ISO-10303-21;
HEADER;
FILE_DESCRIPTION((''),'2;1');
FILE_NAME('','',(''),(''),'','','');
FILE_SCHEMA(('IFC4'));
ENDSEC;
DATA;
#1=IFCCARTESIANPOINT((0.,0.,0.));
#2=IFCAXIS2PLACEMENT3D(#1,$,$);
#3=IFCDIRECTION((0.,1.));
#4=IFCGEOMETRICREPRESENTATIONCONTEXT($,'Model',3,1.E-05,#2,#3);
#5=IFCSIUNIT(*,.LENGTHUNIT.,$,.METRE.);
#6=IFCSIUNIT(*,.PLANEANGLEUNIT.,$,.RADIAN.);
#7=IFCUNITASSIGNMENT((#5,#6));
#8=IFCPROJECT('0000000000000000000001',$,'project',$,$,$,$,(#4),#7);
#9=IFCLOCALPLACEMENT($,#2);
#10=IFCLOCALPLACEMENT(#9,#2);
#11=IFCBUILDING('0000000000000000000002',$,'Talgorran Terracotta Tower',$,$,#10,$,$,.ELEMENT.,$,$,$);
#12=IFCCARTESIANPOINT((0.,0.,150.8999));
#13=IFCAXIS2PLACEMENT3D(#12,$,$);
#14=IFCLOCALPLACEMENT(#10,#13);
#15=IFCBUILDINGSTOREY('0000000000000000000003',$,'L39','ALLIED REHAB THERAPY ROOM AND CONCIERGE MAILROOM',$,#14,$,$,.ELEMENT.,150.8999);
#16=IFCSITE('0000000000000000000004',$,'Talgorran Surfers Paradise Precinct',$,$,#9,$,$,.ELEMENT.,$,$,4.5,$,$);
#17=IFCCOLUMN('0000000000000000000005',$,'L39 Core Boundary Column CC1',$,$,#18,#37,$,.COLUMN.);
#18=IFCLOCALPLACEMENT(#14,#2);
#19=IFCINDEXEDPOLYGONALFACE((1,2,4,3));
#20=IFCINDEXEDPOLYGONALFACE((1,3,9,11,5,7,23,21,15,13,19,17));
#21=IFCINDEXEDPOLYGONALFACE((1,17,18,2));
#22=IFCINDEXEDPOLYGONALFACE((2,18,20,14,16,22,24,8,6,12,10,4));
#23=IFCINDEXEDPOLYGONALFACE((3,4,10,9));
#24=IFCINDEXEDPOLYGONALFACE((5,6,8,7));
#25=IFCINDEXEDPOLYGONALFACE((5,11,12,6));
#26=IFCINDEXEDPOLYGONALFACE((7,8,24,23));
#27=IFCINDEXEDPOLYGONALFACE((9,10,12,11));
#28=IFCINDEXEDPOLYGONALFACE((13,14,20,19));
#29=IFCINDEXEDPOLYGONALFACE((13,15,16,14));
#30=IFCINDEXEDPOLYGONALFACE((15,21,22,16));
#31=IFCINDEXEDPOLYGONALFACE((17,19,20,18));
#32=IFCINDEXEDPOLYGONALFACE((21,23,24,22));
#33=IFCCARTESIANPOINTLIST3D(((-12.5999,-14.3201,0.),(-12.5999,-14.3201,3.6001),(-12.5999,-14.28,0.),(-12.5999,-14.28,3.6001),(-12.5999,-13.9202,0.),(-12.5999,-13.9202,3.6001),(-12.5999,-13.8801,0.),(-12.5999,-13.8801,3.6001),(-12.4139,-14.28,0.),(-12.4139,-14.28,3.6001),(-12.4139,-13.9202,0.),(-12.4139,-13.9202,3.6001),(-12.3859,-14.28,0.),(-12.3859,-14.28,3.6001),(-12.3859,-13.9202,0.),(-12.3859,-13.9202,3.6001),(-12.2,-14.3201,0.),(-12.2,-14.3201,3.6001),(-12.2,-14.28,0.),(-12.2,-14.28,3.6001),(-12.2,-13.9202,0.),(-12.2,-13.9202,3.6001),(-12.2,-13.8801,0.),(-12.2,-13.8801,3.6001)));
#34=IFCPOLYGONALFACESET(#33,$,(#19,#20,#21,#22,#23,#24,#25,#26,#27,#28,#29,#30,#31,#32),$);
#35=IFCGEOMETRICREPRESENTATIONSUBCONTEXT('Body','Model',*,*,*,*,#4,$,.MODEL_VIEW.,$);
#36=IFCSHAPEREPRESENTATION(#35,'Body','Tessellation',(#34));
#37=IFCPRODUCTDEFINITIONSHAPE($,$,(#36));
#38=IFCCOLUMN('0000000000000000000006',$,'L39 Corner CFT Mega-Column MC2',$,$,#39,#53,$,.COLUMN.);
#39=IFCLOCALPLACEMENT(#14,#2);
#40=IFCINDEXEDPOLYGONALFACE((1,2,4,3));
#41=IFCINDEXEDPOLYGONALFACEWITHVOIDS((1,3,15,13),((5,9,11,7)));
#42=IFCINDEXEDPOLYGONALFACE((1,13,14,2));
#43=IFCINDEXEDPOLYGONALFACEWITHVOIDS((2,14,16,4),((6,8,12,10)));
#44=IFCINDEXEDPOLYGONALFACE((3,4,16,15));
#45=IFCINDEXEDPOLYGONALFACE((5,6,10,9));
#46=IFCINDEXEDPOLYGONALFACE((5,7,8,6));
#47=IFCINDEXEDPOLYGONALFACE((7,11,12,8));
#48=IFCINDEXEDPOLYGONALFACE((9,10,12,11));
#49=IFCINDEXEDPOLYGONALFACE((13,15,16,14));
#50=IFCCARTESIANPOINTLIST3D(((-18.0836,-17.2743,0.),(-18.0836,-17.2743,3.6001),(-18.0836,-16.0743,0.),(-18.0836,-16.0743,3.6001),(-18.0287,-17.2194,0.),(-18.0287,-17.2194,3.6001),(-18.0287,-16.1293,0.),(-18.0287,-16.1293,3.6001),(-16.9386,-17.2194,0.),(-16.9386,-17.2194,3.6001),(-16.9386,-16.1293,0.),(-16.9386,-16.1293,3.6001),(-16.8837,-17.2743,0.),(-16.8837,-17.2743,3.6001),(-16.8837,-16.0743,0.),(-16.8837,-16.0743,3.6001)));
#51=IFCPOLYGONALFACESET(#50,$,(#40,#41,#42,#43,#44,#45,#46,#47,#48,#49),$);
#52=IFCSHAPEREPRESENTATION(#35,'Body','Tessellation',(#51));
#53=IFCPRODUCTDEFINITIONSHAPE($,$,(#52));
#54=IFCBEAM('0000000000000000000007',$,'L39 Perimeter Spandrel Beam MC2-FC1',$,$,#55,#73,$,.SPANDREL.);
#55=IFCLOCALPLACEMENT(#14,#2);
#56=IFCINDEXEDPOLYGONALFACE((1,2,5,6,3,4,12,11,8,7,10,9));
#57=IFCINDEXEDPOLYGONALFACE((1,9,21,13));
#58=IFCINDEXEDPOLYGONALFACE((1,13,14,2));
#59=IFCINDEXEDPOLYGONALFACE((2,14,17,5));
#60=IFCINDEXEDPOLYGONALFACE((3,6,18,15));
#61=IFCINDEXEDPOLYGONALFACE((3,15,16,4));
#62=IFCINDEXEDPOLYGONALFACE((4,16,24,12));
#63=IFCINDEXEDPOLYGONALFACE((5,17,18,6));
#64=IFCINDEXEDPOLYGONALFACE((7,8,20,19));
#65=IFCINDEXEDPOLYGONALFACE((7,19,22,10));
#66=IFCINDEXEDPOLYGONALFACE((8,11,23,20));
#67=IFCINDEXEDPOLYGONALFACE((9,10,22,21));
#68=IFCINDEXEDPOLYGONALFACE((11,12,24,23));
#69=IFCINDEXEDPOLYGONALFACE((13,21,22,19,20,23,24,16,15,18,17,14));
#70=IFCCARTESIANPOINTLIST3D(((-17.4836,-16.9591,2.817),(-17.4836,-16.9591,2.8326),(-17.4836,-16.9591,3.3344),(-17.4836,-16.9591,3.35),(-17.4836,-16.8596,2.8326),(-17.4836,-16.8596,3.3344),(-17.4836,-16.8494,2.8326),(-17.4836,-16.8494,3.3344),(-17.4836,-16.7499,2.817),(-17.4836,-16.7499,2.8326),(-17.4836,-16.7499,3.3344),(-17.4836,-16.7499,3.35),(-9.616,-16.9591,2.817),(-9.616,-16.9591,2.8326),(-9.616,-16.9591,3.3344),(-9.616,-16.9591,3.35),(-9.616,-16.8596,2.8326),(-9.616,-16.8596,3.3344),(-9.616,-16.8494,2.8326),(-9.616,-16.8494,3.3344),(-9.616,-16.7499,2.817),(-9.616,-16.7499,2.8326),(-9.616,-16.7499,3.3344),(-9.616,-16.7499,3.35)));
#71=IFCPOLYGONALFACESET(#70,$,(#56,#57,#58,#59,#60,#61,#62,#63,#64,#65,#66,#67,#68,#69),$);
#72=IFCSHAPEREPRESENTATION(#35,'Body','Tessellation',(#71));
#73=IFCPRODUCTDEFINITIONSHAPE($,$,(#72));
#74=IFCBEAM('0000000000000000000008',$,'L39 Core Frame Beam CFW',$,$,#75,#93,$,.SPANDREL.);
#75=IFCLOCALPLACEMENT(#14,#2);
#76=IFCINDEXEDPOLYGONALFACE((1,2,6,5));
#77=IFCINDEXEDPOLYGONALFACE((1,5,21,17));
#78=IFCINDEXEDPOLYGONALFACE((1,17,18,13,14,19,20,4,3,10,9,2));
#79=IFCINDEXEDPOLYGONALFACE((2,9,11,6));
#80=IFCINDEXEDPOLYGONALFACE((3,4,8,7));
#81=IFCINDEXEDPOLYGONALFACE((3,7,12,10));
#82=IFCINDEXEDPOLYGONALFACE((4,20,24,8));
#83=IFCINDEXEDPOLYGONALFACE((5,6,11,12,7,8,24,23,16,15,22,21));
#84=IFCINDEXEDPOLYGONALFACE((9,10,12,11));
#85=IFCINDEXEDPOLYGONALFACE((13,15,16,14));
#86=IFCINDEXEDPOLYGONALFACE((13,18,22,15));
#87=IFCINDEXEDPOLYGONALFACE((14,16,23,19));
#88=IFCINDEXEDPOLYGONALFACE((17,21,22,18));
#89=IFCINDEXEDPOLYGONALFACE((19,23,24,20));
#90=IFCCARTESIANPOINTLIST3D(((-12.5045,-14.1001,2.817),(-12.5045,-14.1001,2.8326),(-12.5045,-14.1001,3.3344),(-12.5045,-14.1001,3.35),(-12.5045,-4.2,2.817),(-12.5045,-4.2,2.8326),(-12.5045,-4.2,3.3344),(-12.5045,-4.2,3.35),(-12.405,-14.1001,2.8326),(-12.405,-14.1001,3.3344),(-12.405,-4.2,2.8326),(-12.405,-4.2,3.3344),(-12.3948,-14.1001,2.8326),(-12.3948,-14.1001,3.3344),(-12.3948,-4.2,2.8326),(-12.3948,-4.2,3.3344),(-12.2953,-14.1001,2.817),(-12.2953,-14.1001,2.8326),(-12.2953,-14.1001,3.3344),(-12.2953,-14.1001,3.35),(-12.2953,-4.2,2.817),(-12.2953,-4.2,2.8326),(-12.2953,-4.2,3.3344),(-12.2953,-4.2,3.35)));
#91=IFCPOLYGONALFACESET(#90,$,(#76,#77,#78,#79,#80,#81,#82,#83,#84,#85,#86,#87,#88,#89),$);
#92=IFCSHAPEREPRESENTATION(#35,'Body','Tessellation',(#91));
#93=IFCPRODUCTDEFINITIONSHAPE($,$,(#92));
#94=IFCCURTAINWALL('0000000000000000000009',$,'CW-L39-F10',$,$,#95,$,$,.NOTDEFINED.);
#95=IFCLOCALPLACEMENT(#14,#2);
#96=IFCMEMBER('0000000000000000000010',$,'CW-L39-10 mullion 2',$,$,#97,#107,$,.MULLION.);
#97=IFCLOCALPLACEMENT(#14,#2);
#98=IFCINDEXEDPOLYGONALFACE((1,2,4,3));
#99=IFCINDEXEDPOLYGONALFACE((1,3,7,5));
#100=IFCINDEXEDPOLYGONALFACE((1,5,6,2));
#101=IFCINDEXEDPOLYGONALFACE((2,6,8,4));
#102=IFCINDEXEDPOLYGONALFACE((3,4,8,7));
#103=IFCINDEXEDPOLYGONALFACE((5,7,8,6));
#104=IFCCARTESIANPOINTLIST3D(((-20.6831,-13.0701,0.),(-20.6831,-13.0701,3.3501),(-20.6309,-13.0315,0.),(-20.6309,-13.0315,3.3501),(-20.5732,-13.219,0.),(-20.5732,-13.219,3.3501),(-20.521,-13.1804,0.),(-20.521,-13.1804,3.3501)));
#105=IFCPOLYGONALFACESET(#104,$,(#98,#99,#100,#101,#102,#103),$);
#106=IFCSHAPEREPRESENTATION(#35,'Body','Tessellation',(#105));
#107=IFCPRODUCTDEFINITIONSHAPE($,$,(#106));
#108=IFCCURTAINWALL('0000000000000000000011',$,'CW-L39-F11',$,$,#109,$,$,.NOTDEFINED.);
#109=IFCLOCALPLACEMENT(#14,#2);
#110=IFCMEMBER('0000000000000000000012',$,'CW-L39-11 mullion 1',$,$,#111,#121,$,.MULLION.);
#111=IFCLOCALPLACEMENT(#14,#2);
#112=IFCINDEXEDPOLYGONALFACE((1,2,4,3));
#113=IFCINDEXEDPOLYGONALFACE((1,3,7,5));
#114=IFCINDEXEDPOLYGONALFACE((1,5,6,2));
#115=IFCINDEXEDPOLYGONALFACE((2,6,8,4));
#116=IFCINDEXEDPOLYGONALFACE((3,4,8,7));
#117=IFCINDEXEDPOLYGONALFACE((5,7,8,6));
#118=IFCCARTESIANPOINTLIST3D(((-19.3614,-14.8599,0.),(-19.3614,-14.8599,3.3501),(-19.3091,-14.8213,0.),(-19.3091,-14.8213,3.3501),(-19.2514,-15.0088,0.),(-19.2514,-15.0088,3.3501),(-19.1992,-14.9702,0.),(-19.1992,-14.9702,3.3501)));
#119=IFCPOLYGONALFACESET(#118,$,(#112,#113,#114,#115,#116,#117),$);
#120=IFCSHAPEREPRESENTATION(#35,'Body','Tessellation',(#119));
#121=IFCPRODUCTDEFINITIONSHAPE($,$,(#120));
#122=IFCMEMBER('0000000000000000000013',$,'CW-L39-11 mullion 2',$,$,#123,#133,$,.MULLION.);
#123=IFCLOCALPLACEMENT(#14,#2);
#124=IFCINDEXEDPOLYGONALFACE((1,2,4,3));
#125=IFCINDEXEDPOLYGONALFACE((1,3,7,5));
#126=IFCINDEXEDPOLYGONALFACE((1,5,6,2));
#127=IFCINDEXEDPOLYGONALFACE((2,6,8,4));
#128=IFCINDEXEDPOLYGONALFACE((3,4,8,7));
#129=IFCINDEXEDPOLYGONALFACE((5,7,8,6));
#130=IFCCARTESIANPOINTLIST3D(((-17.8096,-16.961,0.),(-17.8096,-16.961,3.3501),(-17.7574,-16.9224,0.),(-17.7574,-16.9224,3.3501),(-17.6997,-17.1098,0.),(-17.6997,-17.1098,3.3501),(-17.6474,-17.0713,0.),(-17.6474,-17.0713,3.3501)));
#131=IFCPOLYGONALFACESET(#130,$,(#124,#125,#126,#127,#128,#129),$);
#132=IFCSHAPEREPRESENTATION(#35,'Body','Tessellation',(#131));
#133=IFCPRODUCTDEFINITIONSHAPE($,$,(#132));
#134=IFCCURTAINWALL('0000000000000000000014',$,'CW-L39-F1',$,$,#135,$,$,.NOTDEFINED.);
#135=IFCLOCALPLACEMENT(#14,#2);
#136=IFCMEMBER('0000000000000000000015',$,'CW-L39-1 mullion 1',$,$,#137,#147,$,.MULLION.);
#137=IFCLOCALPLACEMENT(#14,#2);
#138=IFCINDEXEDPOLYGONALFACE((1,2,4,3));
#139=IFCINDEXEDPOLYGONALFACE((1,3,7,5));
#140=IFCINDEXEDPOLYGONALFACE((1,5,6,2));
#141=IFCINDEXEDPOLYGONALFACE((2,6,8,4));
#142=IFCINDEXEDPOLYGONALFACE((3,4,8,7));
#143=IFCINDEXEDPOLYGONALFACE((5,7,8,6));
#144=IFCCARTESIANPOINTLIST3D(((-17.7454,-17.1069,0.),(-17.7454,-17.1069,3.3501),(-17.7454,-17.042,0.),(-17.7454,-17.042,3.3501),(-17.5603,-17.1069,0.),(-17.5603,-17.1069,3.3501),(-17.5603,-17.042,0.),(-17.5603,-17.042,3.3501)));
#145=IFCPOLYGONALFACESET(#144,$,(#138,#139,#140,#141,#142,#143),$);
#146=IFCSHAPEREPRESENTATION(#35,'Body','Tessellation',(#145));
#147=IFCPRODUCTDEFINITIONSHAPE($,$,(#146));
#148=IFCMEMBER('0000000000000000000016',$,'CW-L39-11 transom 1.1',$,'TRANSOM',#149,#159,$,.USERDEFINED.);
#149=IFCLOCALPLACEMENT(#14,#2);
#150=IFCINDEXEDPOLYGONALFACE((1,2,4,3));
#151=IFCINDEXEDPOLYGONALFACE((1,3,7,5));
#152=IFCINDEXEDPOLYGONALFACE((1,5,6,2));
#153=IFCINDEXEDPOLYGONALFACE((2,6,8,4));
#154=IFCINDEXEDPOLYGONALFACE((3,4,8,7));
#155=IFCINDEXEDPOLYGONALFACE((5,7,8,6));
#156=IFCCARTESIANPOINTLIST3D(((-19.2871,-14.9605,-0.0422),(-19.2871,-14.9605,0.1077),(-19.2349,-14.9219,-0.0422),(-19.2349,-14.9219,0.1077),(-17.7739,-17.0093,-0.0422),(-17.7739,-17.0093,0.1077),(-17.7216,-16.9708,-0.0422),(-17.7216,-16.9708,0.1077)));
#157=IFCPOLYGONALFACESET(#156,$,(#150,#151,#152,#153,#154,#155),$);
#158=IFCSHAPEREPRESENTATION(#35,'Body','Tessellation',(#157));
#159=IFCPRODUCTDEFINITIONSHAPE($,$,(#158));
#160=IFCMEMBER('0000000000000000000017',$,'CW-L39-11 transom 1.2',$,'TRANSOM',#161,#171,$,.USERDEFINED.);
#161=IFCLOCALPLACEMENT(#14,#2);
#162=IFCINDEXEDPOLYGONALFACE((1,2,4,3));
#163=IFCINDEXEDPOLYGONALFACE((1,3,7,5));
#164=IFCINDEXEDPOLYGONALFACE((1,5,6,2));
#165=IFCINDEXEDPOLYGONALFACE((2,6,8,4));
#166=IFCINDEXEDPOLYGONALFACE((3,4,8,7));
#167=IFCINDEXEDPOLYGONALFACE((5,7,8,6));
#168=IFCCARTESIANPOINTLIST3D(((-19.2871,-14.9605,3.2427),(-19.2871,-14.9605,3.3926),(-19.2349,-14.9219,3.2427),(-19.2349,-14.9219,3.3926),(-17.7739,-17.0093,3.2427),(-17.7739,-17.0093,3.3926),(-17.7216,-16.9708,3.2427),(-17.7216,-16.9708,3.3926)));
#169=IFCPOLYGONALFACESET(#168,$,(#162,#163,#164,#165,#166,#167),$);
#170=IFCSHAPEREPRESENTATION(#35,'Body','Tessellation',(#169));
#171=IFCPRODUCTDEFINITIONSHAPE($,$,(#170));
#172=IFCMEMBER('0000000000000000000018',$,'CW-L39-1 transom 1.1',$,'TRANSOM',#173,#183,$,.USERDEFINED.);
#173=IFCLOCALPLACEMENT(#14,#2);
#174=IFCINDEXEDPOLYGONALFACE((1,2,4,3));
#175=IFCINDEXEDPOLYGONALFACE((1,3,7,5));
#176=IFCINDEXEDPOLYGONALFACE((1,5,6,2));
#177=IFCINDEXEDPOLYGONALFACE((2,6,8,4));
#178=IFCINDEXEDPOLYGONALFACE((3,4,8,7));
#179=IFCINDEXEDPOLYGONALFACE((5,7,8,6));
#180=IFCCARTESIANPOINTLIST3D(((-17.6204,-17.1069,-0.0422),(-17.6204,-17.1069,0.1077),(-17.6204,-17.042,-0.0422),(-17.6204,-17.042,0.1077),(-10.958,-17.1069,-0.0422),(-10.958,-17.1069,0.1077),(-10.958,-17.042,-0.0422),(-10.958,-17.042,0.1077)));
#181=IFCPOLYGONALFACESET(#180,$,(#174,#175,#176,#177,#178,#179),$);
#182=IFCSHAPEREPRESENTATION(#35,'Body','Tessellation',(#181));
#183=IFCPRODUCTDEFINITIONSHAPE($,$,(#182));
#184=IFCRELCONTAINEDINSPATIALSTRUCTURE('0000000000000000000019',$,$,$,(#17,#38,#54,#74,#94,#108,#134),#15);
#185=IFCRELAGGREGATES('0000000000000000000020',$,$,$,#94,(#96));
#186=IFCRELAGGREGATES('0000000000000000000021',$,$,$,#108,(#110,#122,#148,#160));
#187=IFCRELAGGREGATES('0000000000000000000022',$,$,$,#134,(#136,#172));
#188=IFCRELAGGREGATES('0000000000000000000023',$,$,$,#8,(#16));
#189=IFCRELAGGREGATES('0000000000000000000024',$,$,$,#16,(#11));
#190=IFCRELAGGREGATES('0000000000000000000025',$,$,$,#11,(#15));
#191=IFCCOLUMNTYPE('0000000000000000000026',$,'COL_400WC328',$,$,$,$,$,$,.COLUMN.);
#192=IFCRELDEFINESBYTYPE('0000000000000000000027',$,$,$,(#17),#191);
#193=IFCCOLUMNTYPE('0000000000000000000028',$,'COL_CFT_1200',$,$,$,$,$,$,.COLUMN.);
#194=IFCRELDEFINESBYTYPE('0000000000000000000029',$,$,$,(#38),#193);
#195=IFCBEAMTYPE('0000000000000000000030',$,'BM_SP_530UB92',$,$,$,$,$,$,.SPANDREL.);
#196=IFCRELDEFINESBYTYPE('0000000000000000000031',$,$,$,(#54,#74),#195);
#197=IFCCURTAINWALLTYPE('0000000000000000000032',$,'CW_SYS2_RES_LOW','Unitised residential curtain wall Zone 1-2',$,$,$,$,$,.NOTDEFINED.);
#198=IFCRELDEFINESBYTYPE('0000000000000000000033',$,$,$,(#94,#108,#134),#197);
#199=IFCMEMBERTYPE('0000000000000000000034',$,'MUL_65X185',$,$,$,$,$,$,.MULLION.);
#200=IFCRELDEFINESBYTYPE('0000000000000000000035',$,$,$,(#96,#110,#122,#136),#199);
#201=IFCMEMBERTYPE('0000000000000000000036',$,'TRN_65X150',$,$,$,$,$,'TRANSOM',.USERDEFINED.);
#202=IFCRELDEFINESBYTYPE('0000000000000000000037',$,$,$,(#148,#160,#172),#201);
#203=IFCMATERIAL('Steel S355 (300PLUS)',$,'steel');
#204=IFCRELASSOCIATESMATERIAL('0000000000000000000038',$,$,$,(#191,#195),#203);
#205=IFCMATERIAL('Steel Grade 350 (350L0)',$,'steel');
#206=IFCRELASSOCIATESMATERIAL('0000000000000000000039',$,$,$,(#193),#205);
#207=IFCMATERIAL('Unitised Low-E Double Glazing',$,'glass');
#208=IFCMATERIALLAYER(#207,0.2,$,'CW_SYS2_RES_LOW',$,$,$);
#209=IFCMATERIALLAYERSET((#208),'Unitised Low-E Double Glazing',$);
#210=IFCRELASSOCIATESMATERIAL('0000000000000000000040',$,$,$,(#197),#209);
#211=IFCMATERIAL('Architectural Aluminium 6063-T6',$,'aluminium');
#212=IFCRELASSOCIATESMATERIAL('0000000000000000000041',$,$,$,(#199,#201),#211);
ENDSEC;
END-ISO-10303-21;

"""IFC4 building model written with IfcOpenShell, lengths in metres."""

from ifc_helpers import new_model, si_unit, direction, frame, origin, origin_2d, place, context, subcontext, project, spatial, rectangle, hollow_rectangle, i_section, extrude, material, layer, layer_set, material_profile, profile_set, type_object, element, aggregate, save


model = new_model("IFC4")

# Units and contexts
model_context = context("Model", 3, precision=1e-05, world=origin(), true_north=direction((0.0, 1.0)))
body_context = subcontext(model_context, "Body", "Model", "MODEL_VIEW")
ifc_project = project(units=[si_unit("LENGTHUNIT", "METRE"), si_unit("PLANEANGLEUNIT", "RADIAN")], contexts=[model_context])

# Site, building, storey
site_placement = place(None, origin())
site = spatial("IfcSite", under=ifc_project, at=site_placement, Name="Talgorran Surfers Paradise Precinct", CompositionType="ELEMENT", RefElevation=4.5)
building_placement = place(site_placement, origin())
building = spatial("IfcBuilding", under=site, at=building_placement, Name="Talgorran Terracotta Tower", CompositionType="ELEMENT")
storey_placement = place(building_placement, frame((0.0, 0.0, 150.8999)))
storey = spatial("IfcBuildingStorey", under=building, at=storey_placement, Name="L39", Description="ALLIED REHAB THERAPY ROOM AND CONCIERGE MAILROOM", CompositionType="ELEMENT", Elevation=150.8999)

# Columns
ifc_material_1 = material(Name="Steel S355 (300PLUS)", Category="steel")
ifc_material_profile_1 = material_profile(ifc_material_1, i_section(OverallWidth=0.3999, OverallDepth=0.4399, WebThickness=0.0281, FlangeThickness=0.04, at=origin_2d()), Name="400WC328")
ifc_profile_set_1 = profile_set([ifc_material_profile_1], Name="Steel S355 (300PLUS)")
column_type_1 = type_object("IfcColumnType", Name="COL_400WC328", PredefinedType="COLUMN", material=ifc_profile_set_1)
column_1_placement = place(storey_placement, frame((-12.3999, -14.1001, 0.0), z_axis=(0.0, 0.0, 1.0), x_axis=(1.0, 0.0, 0.0)))
element("IfcColumn", 1, at=column_1_placement, inside=storey, type_object=column_type_1, Name="L39 Core Boundary Column CC1", PredefinedType="COLUMN", context=body_context, shape_type="SweptSolid", body=[
    extrude(i_section(OverallWidth=0.3999, OverallDepth=0.4399, WebThickness=0.0281, FlangeThickness=0.04, at=origin_2d()), origin(), (0.0, 0.0, 1.0), 3.6001),
])
ifc_material_2 = material(Name="Steel Grade 350 (350L0)", Category="steel")
ifc_material_profile_2 = material_profile(ifc_material_2, hollow_rectangle(XDim=1.2, YDim=1.2, WallThickness=0.0549, at=origin_2d()), Name="CFT1200X1200X55")
ifc_profile_set_2 = profile_set([ifc_material_profile_2], Name="Steel Grade 350 (350L0)")
column_type_2 = type_object("IfcColumnType", Name="COL_CFT_1200", PredefinedType="COLUMN", material=ifc_profile_set_2)
column_2_placement = place(storey_placement, frame((-17.4836, -16.6743, 0.0), z_axis=(0.0, 0.0, 1.0), x_axis=(1.0, 0.0, 0.0)))
element("IfcColumn", 2, at=column_2_placement, inside=storey, type_object=column_type_2, Name="L39 Corner CFT Mega-Column MC2", PredefinedType="COLUMN", context=body_context, shape_type="SweptSolid", body=[
    extrude(hollow_rectangle(XDim=1.2, YDim=1.2, WallThickness=0.0549, at=origin_2d()), origin(), (0.0, 0.0, 1.0), 3.6001),
])

# Beams
ifc_material_profile_3 = material_profile(ifc_material_1, i_section(OverallWidth=0.2092, OverallDepth=0.533, WebThickness=0.0103, FlangeThickness=0.0156, at=origin_2d()), Name="530UB92.4")
ifc_profile_set_3 = profile_set([ifc_material_profile_3], Name="Steel S355 (300PLUS)")
beam_type = type_object("IfcBeamType", Name="BM_SP_530UB92", PredefinedType="SPANDREL", material=ifc_profile_set_3)
beam_1_placement = place(storey_placement, frame((-17.4836, -16.8545, 3.0835), z_axis=(1.0, 0.0, 0.0), x_axis=(0.0, 1.0, 0.0)))
element("IfcBeam", 3, at=beam_1_placement, inside=storey, type_object=beam_type, Name="L39 Perimeter Spandrel Beam MC2-FC1", PredefinedType="SPANDREL", context=body_context, shape_type="SweptSolid", body=[
    extrude(i_section(OverallWidth=0.2092, OverallDepth=0.533, WebThickness=0.0103, FlangeThickness=0.0156, at=origin_2d()), origin(), (0.0, 0.0, 1.0), 7.8677),
])
beam_2_placement = place(storey_placement, frame((-12.3999, -14.1001, 3.0835), z_axis=(0.0, 1.0, 0.0), x_axis=(-1.0, 0.0, 0.0)))
element("IfcBeam", 4, at=beam_2_placement, inside=storey, type_object=beam_type, Name="L39 Core Frame Beam CFW", PredefinedType="SPANDREL", context=body_context, shape_type="SweptSolid", body=[
    extrude(i_section(OverallWidth=0.2092, OverallDepth=0.533, WebThickness=0.0103, FlangeThickness=0.0156, at=origin_2d()), origin(), (0.0, 0.0, 1.0), 9.9001),
])

# Curtain wall, member
ifc_material_3 = material(Name="Unitised Low-E Double Glazing", Category="glass")
ifc_layer_1 = layer(ifc_material_3, 0.2, Name="CW_SYS2_RES_LOW")
ifc_layer_set_1 = layer_set([ifc_layer_1], Name="Unitised Low-E Double Glazing")
curtain_wall_type = type_object("IfcCurtainWallType", Name="CW_SYS2_RES_LOW", Description="Unitised residential curtain wall Zone 1-2", PredefinedType="NOTDEFINED", material=ifc_layer_set_1)
curtain_wall_1_placement = place(storey_placement, origin())
curtain_wall_1 = element("IfcCurtainWall", 5, at=curtain_wall_1_placement, inside=storey, type_object=curtain_wall_type, Name="CW-L39-F10", PredefinedType="NOTDEFINED")
ifc_material_4 = material(Name="Architectural Aluminium 6063-T6", Category="aluminium")
ifc_material_profile_4 = material_profile(ifc_material_4, rectangle(XDim=0.0649, YDim=0.1851, at=origin_2d()), Name="CWM65X185")
ifc_profile_set_4 = profile_set([ifc_material_profile_4], Name="Architectural Aluminium 6063-T6")
member_type_1 = type_object("IfcMemberType", Name="MUL_65X185", PredefinedType="MULLION", material=ifc_profile_set_4)
member_1_placement = place(storey_placement, frame((-20.6021, -13.1252, 0.0), z_axis=(0.0, 0.0, 1.0), x_axis=(0.804414, 0.59407, 0.0)))
member_1 = element("IfcMember", 6, at=member_1_placement, type_object=member_type_1, Name="CW-L39-10 mullion 2", PredefinedType="MULLION", context=body_context, shape_type="SweptSolid", body=[
    extrude(rectangle(XDim=0.0649, YDim=0.1851, at=origin_2d()), origin(), (0.0, 0.0, 1.0), 3.3501),
])
aggregate(curtain_wall_1, [member_1])

# Curtain wall, members
curtain_wall_2_placement = place(storey_placement, origin())
curtain_wall_2 = element("IfcCurtainWall", 7, at=curtain_wall_2_placement, inside=storey, type_object=curtain_wall_type, Name="CW-L39-F11", PredefinedType="NOTDEFINED")
member_2_placement = place(storey_placement, frame((-19.2803, -14.915, 0.0), z_axis=(0.0, 0.0, 1.0), x_axis=(0.804416, 0.594066, 0.0)))
member_2 = element("IfcMember", 8, at=member_2_placement, type_object=member_type_1, Name="CW-L39-11 mullion 1", PredefinedType="MULLION", context=body_context, shape_type="SweptSolid", body=[
    extrude(rectangle(XDim=0.0649, YDim=0.1851, at=origin_2d()), origin(), (0.0, 0.0, 1.0), 3.3501),
])
member_3_placement = place(storey_placement, frame((-17.7285, -17.0161, 0.0), z_axis=(0.0, 0.0, 1.0), x_axis=(0.804416, 0.594066, 0.0)))
member_3 = element("IfcMember", 9, at=member_3_placement, type_object=member_type_1, Name="CW-L39-11 mullion 2", PredefinedType="MULLION", context=body_context, shape_type="SweptSolid", body=[
    extrude(rectangle(XDim=0.0649, YDim=0.1851, at=origin_2d()), origin(), (0.0, 0.0, 1.0), 3.3501),
])

# Curtain wall, member
curtain_wall_3_placement = place(storey_placement, origin())
curtain_wall_3 = element("IfcCurtainWall", 10, at=curtain_wall_3_placement, inside=storey, type_object=curtain_wall_type, Name="CW-L39-F1", PredefinedType="NOTDEFINED")
member_4_placement = place(storey_placement, frame((-17.6528, -17.0745, 0.0), z_axis=(0.0, 0.0, 1.0), x_axis=(0.0, 1.0, 0.0)))
member_4 = element("IfcMember", 11, at=member_4_placement, type_object=member_type_1, Name="CW-L39-1 mullion 1", PredefinedType="MULLION", context=body_context, shape_type="SweptSolid", body=[
    extrude(rectangle(XDim=0.0649, YDim=0.1851, at=origin_2d()), origin(), (0.0, 0.0, 1.0), 3.3501),
])

# Members
ifc_material_profile_5 = material_profile(ifc_material_4, rectangle(XDim=0.0649, YDim=0.1499, at=origin_2d()), Name="CWT65X150")
ifc_profile_set_5 = profile_set([ifc_material_profile_5], Name="Architectural Aluminium 6063-T6")
member_type_2 = type_object("IfcMemberType", Name="TRN_65X150", ElementType="TRANSOM", PredefinedType="USERDEFINED", material=ifc_profile_set_5)
member_5_placement = place(storey_placement, frame((-19.261, -14.9412, 0.0327), z_axis=(0.594095, -0.804395, 0.0), x_axis=(0.804395, 0.594095, 0.0)))
member_5 = element("IfcMember", 12, at=member_5_placement, type_object=member_type_2, Name="CW-L39-11 transom 1.1", ObjectType="TRANSOM", PredefinedType="USERDEFINED", context=body_context, shape_type="SweptSolid", body=[
    extrude(rectangle(XDim=0.0649, YDim=0.1499, at=origin_2d()), origin(), (0.0, 0.0, 1.0), 2.5471),
])
member_6_placement = place(storey_placement, frame((-19.261, -14.9412, 3.3176), z_axis=(0.594095, -0.804395, 0.0), x_axis=(0.804395, 0.594095, 0.0)))
member_6 = element("IfcMember", 13, at=member_6_placement, type_object=member_type_2, Name="CW-L39-11 transom 1.2", ObjectType="TRANSOM", PredefinedType="USERDEFINED", context=body_context, shape_type="SweptSolid", body=[
    extrude(rectangle(XDim=0.0649, YDim=0.1499, at=origin_2d()), origin(), (0.0, 0.0, 1.0), 2.5471),
])
member_7_placement = place(storey_placement, frame((-17.6204, -17.0745, 0.0327), z_axis=(1.0, 0.0, 0.0), x_axis=(0.0, 1.0, 0.0)))
member_7 = element("IfcMember", 14, at=member_7_placement, type_object=member_type_2, Name="CW-L39-1 transom 1.1", ObjectType="TRANSOM", PredefinedType="USERDEFINED", context=body_context, shape_type="SweptSolid", body=[
    extrude(rectangle(XDim=0.0649, YDim=0.1499, at=origin_2d()), origin(), (0.0, 0.0, 1.0), 6.6624),
])

aggregate(curtain_wall_2, [member_2, member_3, member_5, member_6])
aggregate(curtain_wall_3, [member_4, member_7])

save(model, "model.ifc")
